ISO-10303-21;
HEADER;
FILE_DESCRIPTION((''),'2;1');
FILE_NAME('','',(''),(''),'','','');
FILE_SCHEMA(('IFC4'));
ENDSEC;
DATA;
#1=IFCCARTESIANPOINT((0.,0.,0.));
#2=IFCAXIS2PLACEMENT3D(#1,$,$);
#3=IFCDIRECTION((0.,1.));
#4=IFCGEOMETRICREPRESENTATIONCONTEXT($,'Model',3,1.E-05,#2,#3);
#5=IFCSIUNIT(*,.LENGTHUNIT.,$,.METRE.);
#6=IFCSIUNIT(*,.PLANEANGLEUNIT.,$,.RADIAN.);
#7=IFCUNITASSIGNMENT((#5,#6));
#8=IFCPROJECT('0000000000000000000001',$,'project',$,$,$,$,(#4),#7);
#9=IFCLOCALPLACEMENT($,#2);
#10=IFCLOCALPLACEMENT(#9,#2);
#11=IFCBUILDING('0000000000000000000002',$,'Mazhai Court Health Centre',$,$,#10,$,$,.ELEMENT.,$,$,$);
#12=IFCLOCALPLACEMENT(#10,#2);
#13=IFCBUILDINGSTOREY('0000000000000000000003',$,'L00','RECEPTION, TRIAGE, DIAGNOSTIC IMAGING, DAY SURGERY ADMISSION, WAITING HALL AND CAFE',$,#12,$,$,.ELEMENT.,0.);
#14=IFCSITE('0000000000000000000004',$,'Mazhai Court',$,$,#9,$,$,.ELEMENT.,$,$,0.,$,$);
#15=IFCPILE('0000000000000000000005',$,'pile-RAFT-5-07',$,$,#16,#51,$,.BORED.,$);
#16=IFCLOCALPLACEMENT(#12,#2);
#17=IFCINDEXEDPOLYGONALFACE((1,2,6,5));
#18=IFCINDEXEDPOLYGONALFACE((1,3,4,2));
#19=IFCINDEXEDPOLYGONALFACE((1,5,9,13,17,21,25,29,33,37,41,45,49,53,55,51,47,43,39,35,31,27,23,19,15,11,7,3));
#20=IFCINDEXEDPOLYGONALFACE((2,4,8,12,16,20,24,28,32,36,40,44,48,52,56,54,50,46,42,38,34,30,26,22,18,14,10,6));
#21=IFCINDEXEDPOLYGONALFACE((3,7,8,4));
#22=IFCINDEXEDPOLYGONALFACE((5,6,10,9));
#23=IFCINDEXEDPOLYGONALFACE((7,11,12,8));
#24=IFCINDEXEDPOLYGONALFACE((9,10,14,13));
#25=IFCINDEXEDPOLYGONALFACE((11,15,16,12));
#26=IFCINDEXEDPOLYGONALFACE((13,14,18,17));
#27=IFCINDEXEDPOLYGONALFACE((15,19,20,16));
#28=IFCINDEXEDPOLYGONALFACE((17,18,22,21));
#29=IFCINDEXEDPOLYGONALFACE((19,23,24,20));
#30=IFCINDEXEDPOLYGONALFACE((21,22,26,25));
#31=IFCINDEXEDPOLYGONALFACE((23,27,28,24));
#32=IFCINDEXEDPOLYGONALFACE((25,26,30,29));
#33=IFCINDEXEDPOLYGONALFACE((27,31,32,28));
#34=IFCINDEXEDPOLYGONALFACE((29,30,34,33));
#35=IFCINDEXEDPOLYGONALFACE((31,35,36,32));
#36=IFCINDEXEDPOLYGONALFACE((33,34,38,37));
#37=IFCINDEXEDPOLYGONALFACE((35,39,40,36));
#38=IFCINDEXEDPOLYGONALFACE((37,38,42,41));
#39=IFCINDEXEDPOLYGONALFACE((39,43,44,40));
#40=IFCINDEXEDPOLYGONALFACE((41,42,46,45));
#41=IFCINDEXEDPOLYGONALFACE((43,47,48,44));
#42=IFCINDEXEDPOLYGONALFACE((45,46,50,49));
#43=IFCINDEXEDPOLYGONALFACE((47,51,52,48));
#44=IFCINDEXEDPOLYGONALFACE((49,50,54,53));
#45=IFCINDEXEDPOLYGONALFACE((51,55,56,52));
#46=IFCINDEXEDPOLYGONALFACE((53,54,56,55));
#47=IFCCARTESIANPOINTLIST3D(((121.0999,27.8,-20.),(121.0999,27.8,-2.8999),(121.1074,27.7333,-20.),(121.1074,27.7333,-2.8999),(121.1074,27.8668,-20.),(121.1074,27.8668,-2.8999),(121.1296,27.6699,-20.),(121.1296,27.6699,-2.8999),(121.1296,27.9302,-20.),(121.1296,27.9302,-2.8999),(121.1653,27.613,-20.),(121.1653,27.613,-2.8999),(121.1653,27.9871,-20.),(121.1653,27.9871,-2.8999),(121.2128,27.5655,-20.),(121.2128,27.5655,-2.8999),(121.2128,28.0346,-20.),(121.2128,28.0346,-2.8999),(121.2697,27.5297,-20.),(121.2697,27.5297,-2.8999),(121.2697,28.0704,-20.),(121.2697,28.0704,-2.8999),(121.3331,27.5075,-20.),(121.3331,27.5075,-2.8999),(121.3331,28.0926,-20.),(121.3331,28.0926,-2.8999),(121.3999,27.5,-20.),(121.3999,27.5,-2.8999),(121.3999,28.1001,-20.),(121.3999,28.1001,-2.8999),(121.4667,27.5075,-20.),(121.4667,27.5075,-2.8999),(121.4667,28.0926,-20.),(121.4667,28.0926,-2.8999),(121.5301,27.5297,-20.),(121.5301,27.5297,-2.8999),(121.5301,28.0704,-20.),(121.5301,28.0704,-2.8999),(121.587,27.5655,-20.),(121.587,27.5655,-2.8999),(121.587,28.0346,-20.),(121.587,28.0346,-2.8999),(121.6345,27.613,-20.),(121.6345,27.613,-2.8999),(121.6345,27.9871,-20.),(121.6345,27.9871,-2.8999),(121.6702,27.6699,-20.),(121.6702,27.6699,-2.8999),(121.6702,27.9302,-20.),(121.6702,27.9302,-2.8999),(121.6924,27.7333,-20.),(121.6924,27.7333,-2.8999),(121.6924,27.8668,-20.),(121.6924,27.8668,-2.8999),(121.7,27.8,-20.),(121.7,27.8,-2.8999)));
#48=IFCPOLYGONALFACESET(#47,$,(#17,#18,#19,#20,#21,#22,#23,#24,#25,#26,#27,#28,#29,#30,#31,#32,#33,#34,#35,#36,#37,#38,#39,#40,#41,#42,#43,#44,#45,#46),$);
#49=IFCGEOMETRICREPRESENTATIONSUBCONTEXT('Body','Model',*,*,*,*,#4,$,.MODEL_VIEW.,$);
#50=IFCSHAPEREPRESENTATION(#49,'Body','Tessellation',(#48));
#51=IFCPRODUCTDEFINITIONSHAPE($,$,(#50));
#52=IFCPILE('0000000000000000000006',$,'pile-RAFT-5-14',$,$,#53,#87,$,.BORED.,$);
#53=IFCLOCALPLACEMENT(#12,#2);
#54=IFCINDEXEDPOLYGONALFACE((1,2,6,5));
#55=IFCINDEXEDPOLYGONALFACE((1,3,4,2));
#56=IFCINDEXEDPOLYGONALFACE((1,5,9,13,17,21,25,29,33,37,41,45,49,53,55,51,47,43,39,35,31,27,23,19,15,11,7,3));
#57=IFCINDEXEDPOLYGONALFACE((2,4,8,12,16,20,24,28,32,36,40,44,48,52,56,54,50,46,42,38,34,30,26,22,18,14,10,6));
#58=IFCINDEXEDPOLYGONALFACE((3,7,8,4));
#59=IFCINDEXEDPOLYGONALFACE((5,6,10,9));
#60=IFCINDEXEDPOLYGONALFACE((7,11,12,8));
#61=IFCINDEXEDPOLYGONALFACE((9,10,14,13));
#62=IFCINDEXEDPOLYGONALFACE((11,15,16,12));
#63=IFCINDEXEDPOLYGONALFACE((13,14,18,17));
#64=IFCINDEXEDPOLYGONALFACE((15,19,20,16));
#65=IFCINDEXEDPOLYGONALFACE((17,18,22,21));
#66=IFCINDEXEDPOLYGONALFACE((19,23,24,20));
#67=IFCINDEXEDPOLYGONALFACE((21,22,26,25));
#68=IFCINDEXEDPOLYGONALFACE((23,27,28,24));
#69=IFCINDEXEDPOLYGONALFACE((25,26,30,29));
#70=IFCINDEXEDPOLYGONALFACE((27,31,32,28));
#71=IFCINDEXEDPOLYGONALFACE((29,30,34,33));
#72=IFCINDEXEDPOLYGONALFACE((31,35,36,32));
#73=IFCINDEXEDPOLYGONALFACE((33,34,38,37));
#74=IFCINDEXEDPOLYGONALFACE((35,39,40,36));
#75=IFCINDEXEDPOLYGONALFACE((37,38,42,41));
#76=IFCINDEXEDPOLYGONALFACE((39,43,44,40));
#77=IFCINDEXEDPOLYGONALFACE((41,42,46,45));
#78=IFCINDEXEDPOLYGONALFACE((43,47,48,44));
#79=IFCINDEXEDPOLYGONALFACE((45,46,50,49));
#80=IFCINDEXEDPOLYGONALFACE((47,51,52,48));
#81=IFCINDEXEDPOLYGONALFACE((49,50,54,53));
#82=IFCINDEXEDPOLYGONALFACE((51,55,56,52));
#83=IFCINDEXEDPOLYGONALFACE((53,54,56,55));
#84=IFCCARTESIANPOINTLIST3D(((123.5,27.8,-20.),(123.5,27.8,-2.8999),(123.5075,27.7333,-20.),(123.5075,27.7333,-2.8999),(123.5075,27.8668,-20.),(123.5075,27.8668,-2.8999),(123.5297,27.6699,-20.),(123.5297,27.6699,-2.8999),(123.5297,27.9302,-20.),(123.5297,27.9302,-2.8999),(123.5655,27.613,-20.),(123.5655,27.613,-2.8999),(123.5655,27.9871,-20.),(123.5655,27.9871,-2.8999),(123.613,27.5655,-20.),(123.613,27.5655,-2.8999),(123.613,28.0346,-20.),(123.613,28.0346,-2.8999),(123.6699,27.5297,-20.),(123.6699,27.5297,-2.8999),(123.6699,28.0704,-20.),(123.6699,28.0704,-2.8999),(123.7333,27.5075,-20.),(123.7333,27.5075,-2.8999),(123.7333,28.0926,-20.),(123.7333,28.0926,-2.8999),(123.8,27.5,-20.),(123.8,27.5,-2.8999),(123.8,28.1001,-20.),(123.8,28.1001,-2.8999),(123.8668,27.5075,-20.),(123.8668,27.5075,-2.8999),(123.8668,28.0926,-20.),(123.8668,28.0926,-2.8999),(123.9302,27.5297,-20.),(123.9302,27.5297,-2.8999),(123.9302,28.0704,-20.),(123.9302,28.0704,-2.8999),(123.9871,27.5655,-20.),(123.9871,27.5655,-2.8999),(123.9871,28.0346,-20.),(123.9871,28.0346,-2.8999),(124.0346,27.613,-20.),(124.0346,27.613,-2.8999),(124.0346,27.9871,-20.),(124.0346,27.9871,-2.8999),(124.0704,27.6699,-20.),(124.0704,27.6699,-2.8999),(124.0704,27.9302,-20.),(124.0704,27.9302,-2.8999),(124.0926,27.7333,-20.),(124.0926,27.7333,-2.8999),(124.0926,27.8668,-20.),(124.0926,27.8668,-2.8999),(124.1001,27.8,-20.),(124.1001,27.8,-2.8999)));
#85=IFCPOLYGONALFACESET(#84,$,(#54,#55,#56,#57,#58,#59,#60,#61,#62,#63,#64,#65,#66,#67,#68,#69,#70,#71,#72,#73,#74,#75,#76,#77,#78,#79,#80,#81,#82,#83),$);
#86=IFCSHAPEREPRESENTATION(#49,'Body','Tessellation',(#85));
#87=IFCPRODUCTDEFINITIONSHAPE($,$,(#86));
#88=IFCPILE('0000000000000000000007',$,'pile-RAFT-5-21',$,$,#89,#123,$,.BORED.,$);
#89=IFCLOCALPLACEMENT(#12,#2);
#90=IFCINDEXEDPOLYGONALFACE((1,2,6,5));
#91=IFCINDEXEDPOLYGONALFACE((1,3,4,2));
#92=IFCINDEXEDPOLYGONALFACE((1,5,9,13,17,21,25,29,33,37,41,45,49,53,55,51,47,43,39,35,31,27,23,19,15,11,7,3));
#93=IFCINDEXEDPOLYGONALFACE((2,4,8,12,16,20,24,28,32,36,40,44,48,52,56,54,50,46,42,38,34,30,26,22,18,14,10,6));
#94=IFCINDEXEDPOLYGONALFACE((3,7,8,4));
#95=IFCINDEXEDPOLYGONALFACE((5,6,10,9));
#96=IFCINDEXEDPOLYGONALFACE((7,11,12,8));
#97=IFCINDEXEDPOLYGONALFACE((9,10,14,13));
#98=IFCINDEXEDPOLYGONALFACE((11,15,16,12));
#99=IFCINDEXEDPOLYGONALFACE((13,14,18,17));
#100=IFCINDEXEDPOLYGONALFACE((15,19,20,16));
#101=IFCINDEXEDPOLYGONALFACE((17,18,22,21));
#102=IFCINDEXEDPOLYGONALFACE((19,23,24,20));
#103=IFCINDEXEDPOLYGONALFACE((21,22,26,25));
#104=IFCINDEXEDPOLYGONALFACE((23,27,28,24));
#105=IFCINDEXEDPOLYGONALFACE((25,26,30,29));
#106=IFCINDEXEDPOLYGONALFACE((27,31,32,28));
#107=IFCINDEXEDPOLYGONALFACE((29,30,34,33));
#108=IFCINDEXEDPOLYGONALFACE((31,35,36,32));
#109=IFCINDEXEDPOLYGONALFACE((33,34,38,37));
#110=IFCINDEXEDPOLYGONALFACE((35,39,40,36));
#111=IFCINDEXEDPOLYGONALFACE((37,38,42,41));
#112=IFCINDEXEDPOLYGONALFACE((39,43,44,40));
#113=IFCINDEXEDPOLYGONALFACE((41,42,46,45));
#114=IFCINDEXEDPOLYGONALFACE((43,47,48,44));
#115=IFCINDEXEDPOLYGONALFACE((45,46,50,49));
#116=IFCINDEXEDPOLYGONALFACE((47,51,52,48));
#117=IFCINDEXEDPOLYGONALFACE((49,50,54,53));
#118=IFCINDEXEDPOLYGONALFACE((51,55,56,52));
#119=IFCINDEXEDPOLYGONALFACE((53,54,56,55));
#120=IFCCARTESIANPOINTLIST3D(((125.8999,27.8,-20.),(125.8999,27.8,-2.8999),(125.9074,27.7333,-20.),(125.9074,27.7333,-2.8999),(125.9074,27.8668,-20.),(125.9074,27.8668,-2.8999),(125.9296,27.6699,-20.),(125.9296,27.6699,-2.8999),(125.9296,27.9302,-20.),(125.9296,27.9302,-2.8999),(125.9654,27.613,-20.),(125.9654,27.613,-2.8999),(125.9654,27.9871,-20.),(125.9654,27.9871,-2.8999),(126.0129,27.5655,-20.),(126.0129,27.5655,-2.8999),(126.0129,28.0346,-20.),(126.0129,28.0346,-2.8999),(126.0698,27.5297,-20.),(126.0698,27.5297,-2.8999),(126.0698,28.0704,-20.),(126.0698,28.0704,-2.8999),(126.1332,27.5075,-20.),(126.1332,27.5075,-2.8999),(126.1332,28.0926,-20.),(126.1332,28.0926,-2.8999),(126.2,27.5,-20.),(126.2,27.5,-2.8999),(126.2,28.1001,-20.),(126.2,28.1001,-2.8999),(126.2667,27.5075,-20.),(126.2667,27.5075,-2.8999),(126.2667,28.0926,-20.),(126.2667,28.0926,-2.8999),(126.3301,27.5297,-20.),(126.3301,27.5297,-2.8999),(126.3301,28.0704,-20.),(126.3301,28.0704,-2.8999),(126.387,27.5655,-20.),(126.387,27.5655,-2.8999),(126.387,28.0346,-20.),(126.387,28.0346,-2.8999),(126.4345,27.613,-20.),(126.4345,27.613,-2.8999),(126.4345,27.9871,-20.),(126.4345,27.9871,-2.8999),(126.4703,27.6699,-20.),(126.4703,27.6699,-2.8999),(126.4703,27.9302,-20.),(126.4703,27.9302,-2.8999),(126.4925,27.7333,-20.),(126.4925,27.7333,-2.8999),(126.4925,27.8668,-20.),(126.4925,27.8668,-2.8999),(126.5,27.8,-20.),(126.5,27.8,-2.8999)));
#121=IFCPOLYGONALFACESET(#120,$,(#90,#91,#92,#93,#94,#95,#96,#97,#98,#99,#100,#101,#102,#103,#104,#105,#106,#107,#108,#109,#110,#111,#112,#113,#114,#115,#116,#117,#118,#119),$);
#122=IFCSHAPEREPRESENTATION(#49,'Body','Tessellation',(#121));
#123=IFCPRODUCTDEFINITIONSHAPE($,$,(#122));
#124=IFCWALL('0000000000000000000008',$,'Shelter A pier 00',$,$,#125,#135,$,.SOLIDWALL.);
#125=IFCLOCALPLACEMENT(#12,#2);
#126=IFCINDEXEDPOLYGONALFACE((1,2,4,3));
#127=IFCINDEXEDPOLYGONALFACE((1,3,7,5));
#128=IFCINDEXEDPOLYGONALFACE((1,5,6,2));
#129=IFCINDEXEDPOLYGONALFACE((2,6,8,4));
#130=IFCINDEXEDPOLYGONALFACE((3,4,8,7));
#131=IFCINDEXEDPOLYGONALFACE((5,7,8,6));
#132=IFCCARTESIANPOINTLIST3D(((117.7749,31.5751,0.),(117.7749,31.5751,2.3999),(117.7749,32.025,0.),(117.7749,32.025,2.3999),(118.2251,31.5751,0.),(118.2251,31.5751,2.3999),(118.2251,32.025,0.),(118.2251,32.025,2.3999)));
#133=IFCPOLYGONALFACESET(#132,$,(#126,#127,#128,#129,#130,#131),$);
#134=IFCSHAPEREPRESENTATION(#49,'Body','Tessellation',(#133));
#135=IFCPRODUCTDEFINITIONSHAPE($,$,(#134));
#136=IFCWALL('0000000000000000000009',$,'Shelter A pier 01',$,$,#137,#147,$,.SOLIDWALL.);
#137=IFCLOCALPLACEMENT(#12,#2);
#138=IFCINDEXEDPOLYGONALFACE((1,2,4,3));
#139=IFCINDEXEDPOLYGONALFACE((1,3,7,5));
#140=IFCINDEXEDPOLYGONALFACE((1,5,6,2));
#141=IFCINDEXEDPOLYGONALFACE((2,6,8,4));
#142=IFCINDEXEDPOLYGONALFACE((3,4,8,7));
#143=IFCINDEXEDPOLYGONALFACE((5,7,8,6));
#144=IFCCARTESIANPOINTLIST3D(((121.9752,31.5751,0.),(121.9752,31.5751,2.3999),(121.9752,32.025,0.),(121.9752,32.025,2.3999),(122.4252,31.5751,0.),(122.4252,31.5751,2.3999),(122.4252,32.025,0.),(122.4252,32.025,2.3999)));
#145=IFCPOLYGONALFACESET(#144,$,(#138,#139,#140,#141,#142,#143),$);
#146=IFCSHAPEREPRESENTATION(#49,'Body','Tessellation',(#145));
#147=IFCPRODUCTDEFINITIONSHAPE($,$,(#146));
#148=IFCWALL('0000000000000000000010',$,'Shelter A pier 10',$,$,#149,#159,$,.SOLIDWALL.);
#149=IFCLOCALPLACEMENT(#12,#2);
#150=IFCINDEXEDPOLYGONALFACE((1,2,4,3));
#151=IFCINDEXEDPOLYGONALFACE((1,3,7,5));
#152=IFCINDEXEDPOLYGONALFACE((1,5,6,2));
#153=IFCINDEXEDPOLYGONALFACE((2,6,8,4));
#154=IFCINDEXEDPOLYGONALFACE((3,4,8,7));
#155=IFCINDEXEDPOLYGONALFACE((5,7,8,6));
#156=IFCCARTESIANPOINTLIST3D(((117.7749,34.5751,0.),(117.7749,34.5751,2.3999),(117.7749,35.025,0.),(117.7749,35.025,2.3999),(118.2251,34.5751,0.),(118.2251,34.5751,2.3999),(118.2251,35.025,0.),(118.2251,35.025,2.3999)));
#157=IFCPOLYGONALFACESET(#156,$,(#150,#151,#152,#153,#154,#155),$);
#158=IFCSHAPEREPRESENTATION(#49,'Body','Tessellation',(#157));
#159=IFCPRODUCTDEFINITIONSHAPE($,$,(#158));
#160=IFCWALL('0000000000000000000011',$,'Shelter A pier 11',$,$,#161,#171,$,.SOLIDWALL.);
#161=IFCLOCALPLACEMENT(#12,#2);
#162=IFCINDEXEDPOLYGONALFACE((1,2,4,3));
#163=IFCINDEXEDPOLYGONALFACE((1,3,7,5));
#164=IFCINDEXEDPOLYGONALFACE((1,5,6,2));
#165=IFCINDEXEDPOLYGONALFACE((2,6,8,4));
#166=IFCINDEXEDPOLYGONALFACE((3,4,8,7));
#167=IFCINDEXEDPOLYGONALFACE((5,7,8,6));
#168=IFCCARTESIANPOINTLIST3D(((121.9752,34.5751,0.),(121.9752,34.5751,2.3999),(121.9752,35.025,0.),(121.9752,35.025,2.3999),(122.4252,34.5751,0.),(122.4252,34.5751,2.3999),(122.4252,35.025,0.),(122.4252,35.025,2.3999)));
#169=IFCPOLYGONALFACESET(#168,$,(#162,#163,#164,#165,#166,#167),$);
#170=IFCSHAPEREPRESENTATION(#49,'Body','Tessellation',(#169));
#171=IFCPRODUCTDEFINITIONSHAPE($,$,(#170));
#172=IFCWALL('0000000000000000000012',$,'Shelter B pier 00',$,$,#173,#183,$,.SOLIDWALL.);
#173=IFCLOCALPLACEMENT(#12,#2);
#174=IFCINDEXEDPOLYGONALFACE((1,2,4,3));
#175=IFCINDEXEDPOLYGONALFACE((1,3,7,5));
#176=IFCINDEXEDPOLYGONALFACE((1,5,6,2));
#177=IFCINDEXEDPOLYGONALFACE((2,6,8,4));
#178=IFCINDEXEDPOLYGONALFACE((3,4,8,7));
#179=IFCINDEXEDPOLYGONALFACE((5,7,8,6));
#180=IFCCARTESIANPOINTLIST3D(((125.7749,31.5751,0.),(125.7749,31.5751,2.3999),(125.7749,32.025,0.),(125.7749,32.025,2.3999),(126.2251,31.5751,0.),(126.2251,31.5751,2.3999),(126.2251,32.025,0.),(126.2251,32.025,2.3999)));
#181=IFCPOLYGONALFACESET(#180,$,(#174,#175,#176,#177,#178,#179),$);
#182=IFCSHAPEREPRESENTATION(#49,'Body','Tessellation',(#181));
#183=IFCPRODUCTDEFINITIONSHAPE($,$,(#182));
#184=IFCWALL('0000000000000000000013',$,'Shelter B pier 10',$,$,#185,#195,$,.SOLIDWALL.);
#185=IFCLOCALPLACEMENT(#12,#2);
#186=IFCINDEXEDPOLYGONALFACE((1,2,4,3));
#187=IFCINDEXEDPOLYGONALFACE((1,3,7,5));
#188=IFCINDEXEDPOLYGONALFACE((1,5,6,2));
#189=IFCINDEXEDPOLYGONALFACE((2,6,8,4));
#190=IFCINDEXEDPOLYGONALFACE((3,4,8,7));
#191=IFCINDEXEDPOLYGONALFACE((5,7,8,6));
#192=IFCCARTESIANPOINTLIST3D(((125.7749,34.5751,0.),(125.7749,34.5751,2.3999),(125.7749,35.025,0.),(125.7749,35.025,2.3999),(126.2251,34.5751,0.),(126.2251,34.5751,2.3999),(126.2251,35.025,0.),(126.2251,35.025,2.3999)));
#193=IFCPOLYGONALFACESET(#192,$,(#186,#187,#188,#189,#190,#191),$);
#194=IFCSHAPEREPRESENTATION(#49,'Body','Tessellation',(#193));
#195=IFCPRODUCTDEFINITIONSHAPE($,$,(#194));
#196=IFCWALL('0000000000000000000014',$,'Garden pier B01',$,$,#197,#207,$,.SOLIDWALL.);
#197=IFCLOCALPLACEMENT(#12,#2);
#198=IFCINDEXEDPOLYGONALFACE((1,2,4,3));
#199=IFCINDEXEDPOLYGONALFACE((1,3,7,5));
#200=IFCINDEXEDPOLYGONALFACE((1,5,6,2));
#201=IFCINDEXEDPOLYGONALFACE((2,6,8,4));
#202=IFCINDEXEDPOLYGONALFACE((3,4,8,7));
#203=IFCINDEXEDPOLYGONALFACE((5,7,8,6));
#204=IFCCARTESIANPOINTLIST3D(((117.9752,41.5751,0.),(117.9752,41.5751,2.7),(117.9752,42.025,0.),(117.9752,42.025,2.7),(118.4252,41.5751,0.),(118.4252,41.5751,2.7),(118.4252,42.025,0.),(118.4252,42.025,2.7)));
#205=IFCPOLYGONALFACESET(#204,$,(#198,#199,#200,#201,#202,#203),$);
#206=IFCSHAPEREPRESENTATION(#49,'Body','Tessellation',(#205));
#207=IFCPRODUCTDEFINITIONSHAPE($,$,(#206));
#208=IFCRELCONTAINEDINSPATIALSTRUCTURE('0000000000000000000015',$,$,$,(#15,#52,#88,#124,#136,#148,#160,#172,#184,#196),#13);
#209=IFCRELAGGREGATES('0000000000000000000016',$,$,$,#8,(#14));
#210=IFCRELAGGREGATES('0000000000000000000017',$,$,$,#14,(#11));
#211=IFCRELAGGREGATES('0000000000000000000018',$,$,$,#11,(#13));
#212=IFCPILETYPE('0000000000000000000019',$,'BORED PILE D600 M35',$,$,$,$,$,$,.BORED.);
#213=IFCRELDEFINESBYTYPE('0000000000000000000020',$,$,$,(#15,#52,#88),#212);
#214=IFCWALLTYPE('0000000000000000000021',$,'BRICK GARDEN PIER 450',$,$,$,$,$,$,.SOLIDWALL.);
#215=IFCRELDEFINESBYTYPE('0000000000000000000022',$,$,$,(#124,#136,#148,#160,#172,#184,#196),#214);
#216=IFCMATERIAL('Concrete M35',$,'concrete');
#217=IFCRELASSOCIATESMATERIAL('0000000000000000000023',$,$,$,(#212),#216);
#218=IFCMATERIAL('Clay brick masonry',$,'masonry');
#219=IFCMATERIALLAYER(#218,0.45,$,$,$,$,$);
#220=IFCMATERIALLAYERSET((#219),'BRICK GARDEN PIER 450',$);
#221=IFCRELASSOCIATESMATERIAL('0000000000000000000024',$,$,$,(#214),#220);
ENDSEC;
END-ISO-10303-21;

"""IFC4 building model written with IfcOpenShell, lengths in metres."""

from ifc_helpers import new_model, si_unit, direction, frame, frame_2d, origin, origin_2d, place, context, subcontext, project, spatial, rectangle, circle, extrude, material, layer, layer_set, material_profile, profile_set, type_object, element, save


model = new_model("IFC4")

# Units and contexts
model_context = context("Model", 3, precision=1e-05, world=origin(), true_north=direction((0.0, 1.0)))
body_context = subcontext(model_context, "Body", "Model", "MODEL_VIEW")
ifc_project = project(units=[si_unit("LENGTHUNIT", "METRE"), si_unit("PLANEANGLEUNIT", "RADIAN")], contexts=[model_context])

# Site, building, storey
site_placement = place(None, origin())
site = spatial("IfcSite", under=ifc_project, at=site_placement, Name="Mazhai Court", CompositionType="ELEMENT", RefElevation=0.0)
building_placement = place(site_placement, origin())
building = spatial("IfcBuilding", under=site, at=building_placement, Name="Mazhai Court Health Centre", CompositionType="ELEMENT")
storey_placement = place(building_placement, origin())
storey = spatial("IfcBuildingStorey", under=building, at=storey_placement, Name="L00", Description="RECEPTION, TRIAGE, DIAGNOSTIC IMAGING, DAY SURGERY ADMISSION, WAITING HALL AND CAFE", CompositionType="ELEMENT", Elevation=0.0)

# Piles
ifc_material_1 = material(Name="Concrete M35", Category="concrete")
ifc_material_profile = material_profile(ifc_material_1, circle(Radius=0.3, at=origin_2d()), Name="RC PILE D600")
ifc_profile_set = profile_set([ifc_material_profile], Name="Concrete M35")
pile_type = type_object("IfcPileType", Name="BORED PILE D600 M35", PredefinedType="BORED", material=ifc_profile_set)
for number, where, z_axis, x_axis, name in (
    (1, (121.3999, 27.8, -2.8999), (0.0, 0.0, -1.0), (1.0, 0.0, 0.0), "pile-RAFT-5-07"),
    (2, (123.8, 27.8, -2.8999), (0.0, 0.0, -1.0), (1.0, 0.0, 0.0), "pile-RAFT-5-14"),
    (3, (126.2, 27.8, -2.8999), (0.0, 0.0, -1.0), (1.0, 0.0, 0.0), "pile-RAFT-5-21"),
):
    element("IfcPile", number, at=place(storey_placement, frame(where, z_axis=z_axis, x_axis=x_axis)), inside=storey, type_object=pile_type, Name=name, PredefinedType="BORED", context=body_context, shape_type="SweptSolid", body=[
        extrude(circle(Radius=0.3, at=origin_2d()), origin(), (0.0, 0.0, 1.0), 17.1001),
    ])

# Walls
ifc_material_2 = material(Name="Clay brick masonry", Category="masonry")
ifc_layer_1 = layer(ifc_material_2, 0.45)
ifc_layer_set_1 = layer_set([ifc_layer_1], Name="BRICK GARDEN PIER 450")
wall_type_1 = type_object("IfcWallType", Name="BRICK GARDEN PIER 450", PredefinedType="SOLIDWALL", material=ifc_layer_set_1)
wall_1_placement = place(storey_placement, frame((117.7749, 31.8, 0.0), z_axis=(0.0, 0.0, 1.0), x_axis=(1.0, 0.0, 0.0)))
element("IfcWall", 4, at=wall_1_placement, inside=storey, type_object=wall_type_1, Name="Shelter A pier 00", PredefinedType="SOLIDWALL", context=body_context, shape_type="SweptSolid", body=[
    extrude(rectangle(XDim=0.4502, YDim=0.45, at=frame_2d((0.2251, 0.0))), origin(), (0.0, 0.0, 1.0), 2.3999),
])
wall_2_placement = place(storey_placement, frame((121.9751, 31.8, 0.0), z_axis=(0.0, 0.0, 1.0), x_axis=(1.0, 0.0, 0.0)))
element("IfcWall", 5, at=wall_2_placement, inside=storey, type_object=wall_type_1, Name="Shelter A pier 01", PredefinedType="SOLIDWALL", context=body_context, shape_type="SweptSolid", body=[
    extrude(rectangle(XDim=0.45, YDim=0.45, at=frame_2d((0.2251, 0.0))), origin(), (0.0, 0.0, 1.0), 2.3999),
])
wall_3_placement = place(storey_placement, frame((117.7749, 34.8, 0.0), z_axis=(0.0, 0.0, 1.0), x_axis=(1.0, 0.0, 0.0)))
element("IfcWall", 6, at=wall_3_placement, inside=storey, type_object=wall_type_1, Name="Shelter A pier 10", PredefinedType="SOLIDWALL", context=body_context, shape_type="SweptSolid", body=[
    extrude(rectangle(XDim=0.4502, YDim=0.45, at=frame_2d((0.2251, 0.0))), origin(), (0.0, 0.0, 1.0), 2.3999),
])
wall_4_placement = place(storey_placement, frame((121.9751, 34.8, 0.0), z_axis=(0.0, 0.0, 1.0), x_axis=(1.0, 0.0, 0.0)))
element("IfcWall", 7, at=wall_4_placement, inside=storey, type_object=wall_type_1, Name="Shelter A pier 11", PredefinedType="SOLIDWALL", context=body_context, shape_type="SweptSolid", body=[
    extrude(rectangle(XDim=0.45, YDim=0.45, at=frame_2d((0.2251, 0.0))), origin(), (0.0, 0.0, 1.0), 2.3999),
])
for number, where, z_axis, x_axis, name in (
    (8, (125.7749, 31.8, 0.0), (0.0, 0.0, 1.0), (1.0, 0.0, 0.0), "Shelter B pier 00"),
    (9, (125.7749, 34.8, 0.0), (0.0, 0.0, 1.0), (1.0, 0.0, 0.0), "Shelter B pier 10"),
):
    element("IfcWall", number, at=place(storey_placement, frame(where, z_axis=z_axis, x_axis=x_axis)), inside=storey, type_object=wall_type_1, Name=name, PredefinedType="SOLIDWALL", context=body_context, shape_type="SweptSolid", body=[
        extrude(rectangle(XDim=0.4502, YDim=0.45, at=frame_2d((0.2251, 0.0))), origin(), (0.0, 0.0, 1.0), 2.3999),
    ])
for number, where, z_axis, x_axis, name in (
    (10, (117.9751, 41.8, 0.0), (0.0, 0.0, 1.0), (1.0, 0.0, 0.0), "Garden pier B01"),
):
    element("IfcWall", number, at=place(storey_placement, frame(where, z_axis=z_axis, x_axis=x_axis)), inside=storey, type_object=wall_type_1, Name=name, PredefinedType="SOLIDWALL", context=body_context, shape_type="SweptSolid", body=[
        extrude(rectangle(XDim=0.45, YDim=0.45, at=frame_2d((0.2251, 0.0))), origin(), (0.0, 0.0, 1.0), 2.7),
    ])

save(model, "model.ifc")
